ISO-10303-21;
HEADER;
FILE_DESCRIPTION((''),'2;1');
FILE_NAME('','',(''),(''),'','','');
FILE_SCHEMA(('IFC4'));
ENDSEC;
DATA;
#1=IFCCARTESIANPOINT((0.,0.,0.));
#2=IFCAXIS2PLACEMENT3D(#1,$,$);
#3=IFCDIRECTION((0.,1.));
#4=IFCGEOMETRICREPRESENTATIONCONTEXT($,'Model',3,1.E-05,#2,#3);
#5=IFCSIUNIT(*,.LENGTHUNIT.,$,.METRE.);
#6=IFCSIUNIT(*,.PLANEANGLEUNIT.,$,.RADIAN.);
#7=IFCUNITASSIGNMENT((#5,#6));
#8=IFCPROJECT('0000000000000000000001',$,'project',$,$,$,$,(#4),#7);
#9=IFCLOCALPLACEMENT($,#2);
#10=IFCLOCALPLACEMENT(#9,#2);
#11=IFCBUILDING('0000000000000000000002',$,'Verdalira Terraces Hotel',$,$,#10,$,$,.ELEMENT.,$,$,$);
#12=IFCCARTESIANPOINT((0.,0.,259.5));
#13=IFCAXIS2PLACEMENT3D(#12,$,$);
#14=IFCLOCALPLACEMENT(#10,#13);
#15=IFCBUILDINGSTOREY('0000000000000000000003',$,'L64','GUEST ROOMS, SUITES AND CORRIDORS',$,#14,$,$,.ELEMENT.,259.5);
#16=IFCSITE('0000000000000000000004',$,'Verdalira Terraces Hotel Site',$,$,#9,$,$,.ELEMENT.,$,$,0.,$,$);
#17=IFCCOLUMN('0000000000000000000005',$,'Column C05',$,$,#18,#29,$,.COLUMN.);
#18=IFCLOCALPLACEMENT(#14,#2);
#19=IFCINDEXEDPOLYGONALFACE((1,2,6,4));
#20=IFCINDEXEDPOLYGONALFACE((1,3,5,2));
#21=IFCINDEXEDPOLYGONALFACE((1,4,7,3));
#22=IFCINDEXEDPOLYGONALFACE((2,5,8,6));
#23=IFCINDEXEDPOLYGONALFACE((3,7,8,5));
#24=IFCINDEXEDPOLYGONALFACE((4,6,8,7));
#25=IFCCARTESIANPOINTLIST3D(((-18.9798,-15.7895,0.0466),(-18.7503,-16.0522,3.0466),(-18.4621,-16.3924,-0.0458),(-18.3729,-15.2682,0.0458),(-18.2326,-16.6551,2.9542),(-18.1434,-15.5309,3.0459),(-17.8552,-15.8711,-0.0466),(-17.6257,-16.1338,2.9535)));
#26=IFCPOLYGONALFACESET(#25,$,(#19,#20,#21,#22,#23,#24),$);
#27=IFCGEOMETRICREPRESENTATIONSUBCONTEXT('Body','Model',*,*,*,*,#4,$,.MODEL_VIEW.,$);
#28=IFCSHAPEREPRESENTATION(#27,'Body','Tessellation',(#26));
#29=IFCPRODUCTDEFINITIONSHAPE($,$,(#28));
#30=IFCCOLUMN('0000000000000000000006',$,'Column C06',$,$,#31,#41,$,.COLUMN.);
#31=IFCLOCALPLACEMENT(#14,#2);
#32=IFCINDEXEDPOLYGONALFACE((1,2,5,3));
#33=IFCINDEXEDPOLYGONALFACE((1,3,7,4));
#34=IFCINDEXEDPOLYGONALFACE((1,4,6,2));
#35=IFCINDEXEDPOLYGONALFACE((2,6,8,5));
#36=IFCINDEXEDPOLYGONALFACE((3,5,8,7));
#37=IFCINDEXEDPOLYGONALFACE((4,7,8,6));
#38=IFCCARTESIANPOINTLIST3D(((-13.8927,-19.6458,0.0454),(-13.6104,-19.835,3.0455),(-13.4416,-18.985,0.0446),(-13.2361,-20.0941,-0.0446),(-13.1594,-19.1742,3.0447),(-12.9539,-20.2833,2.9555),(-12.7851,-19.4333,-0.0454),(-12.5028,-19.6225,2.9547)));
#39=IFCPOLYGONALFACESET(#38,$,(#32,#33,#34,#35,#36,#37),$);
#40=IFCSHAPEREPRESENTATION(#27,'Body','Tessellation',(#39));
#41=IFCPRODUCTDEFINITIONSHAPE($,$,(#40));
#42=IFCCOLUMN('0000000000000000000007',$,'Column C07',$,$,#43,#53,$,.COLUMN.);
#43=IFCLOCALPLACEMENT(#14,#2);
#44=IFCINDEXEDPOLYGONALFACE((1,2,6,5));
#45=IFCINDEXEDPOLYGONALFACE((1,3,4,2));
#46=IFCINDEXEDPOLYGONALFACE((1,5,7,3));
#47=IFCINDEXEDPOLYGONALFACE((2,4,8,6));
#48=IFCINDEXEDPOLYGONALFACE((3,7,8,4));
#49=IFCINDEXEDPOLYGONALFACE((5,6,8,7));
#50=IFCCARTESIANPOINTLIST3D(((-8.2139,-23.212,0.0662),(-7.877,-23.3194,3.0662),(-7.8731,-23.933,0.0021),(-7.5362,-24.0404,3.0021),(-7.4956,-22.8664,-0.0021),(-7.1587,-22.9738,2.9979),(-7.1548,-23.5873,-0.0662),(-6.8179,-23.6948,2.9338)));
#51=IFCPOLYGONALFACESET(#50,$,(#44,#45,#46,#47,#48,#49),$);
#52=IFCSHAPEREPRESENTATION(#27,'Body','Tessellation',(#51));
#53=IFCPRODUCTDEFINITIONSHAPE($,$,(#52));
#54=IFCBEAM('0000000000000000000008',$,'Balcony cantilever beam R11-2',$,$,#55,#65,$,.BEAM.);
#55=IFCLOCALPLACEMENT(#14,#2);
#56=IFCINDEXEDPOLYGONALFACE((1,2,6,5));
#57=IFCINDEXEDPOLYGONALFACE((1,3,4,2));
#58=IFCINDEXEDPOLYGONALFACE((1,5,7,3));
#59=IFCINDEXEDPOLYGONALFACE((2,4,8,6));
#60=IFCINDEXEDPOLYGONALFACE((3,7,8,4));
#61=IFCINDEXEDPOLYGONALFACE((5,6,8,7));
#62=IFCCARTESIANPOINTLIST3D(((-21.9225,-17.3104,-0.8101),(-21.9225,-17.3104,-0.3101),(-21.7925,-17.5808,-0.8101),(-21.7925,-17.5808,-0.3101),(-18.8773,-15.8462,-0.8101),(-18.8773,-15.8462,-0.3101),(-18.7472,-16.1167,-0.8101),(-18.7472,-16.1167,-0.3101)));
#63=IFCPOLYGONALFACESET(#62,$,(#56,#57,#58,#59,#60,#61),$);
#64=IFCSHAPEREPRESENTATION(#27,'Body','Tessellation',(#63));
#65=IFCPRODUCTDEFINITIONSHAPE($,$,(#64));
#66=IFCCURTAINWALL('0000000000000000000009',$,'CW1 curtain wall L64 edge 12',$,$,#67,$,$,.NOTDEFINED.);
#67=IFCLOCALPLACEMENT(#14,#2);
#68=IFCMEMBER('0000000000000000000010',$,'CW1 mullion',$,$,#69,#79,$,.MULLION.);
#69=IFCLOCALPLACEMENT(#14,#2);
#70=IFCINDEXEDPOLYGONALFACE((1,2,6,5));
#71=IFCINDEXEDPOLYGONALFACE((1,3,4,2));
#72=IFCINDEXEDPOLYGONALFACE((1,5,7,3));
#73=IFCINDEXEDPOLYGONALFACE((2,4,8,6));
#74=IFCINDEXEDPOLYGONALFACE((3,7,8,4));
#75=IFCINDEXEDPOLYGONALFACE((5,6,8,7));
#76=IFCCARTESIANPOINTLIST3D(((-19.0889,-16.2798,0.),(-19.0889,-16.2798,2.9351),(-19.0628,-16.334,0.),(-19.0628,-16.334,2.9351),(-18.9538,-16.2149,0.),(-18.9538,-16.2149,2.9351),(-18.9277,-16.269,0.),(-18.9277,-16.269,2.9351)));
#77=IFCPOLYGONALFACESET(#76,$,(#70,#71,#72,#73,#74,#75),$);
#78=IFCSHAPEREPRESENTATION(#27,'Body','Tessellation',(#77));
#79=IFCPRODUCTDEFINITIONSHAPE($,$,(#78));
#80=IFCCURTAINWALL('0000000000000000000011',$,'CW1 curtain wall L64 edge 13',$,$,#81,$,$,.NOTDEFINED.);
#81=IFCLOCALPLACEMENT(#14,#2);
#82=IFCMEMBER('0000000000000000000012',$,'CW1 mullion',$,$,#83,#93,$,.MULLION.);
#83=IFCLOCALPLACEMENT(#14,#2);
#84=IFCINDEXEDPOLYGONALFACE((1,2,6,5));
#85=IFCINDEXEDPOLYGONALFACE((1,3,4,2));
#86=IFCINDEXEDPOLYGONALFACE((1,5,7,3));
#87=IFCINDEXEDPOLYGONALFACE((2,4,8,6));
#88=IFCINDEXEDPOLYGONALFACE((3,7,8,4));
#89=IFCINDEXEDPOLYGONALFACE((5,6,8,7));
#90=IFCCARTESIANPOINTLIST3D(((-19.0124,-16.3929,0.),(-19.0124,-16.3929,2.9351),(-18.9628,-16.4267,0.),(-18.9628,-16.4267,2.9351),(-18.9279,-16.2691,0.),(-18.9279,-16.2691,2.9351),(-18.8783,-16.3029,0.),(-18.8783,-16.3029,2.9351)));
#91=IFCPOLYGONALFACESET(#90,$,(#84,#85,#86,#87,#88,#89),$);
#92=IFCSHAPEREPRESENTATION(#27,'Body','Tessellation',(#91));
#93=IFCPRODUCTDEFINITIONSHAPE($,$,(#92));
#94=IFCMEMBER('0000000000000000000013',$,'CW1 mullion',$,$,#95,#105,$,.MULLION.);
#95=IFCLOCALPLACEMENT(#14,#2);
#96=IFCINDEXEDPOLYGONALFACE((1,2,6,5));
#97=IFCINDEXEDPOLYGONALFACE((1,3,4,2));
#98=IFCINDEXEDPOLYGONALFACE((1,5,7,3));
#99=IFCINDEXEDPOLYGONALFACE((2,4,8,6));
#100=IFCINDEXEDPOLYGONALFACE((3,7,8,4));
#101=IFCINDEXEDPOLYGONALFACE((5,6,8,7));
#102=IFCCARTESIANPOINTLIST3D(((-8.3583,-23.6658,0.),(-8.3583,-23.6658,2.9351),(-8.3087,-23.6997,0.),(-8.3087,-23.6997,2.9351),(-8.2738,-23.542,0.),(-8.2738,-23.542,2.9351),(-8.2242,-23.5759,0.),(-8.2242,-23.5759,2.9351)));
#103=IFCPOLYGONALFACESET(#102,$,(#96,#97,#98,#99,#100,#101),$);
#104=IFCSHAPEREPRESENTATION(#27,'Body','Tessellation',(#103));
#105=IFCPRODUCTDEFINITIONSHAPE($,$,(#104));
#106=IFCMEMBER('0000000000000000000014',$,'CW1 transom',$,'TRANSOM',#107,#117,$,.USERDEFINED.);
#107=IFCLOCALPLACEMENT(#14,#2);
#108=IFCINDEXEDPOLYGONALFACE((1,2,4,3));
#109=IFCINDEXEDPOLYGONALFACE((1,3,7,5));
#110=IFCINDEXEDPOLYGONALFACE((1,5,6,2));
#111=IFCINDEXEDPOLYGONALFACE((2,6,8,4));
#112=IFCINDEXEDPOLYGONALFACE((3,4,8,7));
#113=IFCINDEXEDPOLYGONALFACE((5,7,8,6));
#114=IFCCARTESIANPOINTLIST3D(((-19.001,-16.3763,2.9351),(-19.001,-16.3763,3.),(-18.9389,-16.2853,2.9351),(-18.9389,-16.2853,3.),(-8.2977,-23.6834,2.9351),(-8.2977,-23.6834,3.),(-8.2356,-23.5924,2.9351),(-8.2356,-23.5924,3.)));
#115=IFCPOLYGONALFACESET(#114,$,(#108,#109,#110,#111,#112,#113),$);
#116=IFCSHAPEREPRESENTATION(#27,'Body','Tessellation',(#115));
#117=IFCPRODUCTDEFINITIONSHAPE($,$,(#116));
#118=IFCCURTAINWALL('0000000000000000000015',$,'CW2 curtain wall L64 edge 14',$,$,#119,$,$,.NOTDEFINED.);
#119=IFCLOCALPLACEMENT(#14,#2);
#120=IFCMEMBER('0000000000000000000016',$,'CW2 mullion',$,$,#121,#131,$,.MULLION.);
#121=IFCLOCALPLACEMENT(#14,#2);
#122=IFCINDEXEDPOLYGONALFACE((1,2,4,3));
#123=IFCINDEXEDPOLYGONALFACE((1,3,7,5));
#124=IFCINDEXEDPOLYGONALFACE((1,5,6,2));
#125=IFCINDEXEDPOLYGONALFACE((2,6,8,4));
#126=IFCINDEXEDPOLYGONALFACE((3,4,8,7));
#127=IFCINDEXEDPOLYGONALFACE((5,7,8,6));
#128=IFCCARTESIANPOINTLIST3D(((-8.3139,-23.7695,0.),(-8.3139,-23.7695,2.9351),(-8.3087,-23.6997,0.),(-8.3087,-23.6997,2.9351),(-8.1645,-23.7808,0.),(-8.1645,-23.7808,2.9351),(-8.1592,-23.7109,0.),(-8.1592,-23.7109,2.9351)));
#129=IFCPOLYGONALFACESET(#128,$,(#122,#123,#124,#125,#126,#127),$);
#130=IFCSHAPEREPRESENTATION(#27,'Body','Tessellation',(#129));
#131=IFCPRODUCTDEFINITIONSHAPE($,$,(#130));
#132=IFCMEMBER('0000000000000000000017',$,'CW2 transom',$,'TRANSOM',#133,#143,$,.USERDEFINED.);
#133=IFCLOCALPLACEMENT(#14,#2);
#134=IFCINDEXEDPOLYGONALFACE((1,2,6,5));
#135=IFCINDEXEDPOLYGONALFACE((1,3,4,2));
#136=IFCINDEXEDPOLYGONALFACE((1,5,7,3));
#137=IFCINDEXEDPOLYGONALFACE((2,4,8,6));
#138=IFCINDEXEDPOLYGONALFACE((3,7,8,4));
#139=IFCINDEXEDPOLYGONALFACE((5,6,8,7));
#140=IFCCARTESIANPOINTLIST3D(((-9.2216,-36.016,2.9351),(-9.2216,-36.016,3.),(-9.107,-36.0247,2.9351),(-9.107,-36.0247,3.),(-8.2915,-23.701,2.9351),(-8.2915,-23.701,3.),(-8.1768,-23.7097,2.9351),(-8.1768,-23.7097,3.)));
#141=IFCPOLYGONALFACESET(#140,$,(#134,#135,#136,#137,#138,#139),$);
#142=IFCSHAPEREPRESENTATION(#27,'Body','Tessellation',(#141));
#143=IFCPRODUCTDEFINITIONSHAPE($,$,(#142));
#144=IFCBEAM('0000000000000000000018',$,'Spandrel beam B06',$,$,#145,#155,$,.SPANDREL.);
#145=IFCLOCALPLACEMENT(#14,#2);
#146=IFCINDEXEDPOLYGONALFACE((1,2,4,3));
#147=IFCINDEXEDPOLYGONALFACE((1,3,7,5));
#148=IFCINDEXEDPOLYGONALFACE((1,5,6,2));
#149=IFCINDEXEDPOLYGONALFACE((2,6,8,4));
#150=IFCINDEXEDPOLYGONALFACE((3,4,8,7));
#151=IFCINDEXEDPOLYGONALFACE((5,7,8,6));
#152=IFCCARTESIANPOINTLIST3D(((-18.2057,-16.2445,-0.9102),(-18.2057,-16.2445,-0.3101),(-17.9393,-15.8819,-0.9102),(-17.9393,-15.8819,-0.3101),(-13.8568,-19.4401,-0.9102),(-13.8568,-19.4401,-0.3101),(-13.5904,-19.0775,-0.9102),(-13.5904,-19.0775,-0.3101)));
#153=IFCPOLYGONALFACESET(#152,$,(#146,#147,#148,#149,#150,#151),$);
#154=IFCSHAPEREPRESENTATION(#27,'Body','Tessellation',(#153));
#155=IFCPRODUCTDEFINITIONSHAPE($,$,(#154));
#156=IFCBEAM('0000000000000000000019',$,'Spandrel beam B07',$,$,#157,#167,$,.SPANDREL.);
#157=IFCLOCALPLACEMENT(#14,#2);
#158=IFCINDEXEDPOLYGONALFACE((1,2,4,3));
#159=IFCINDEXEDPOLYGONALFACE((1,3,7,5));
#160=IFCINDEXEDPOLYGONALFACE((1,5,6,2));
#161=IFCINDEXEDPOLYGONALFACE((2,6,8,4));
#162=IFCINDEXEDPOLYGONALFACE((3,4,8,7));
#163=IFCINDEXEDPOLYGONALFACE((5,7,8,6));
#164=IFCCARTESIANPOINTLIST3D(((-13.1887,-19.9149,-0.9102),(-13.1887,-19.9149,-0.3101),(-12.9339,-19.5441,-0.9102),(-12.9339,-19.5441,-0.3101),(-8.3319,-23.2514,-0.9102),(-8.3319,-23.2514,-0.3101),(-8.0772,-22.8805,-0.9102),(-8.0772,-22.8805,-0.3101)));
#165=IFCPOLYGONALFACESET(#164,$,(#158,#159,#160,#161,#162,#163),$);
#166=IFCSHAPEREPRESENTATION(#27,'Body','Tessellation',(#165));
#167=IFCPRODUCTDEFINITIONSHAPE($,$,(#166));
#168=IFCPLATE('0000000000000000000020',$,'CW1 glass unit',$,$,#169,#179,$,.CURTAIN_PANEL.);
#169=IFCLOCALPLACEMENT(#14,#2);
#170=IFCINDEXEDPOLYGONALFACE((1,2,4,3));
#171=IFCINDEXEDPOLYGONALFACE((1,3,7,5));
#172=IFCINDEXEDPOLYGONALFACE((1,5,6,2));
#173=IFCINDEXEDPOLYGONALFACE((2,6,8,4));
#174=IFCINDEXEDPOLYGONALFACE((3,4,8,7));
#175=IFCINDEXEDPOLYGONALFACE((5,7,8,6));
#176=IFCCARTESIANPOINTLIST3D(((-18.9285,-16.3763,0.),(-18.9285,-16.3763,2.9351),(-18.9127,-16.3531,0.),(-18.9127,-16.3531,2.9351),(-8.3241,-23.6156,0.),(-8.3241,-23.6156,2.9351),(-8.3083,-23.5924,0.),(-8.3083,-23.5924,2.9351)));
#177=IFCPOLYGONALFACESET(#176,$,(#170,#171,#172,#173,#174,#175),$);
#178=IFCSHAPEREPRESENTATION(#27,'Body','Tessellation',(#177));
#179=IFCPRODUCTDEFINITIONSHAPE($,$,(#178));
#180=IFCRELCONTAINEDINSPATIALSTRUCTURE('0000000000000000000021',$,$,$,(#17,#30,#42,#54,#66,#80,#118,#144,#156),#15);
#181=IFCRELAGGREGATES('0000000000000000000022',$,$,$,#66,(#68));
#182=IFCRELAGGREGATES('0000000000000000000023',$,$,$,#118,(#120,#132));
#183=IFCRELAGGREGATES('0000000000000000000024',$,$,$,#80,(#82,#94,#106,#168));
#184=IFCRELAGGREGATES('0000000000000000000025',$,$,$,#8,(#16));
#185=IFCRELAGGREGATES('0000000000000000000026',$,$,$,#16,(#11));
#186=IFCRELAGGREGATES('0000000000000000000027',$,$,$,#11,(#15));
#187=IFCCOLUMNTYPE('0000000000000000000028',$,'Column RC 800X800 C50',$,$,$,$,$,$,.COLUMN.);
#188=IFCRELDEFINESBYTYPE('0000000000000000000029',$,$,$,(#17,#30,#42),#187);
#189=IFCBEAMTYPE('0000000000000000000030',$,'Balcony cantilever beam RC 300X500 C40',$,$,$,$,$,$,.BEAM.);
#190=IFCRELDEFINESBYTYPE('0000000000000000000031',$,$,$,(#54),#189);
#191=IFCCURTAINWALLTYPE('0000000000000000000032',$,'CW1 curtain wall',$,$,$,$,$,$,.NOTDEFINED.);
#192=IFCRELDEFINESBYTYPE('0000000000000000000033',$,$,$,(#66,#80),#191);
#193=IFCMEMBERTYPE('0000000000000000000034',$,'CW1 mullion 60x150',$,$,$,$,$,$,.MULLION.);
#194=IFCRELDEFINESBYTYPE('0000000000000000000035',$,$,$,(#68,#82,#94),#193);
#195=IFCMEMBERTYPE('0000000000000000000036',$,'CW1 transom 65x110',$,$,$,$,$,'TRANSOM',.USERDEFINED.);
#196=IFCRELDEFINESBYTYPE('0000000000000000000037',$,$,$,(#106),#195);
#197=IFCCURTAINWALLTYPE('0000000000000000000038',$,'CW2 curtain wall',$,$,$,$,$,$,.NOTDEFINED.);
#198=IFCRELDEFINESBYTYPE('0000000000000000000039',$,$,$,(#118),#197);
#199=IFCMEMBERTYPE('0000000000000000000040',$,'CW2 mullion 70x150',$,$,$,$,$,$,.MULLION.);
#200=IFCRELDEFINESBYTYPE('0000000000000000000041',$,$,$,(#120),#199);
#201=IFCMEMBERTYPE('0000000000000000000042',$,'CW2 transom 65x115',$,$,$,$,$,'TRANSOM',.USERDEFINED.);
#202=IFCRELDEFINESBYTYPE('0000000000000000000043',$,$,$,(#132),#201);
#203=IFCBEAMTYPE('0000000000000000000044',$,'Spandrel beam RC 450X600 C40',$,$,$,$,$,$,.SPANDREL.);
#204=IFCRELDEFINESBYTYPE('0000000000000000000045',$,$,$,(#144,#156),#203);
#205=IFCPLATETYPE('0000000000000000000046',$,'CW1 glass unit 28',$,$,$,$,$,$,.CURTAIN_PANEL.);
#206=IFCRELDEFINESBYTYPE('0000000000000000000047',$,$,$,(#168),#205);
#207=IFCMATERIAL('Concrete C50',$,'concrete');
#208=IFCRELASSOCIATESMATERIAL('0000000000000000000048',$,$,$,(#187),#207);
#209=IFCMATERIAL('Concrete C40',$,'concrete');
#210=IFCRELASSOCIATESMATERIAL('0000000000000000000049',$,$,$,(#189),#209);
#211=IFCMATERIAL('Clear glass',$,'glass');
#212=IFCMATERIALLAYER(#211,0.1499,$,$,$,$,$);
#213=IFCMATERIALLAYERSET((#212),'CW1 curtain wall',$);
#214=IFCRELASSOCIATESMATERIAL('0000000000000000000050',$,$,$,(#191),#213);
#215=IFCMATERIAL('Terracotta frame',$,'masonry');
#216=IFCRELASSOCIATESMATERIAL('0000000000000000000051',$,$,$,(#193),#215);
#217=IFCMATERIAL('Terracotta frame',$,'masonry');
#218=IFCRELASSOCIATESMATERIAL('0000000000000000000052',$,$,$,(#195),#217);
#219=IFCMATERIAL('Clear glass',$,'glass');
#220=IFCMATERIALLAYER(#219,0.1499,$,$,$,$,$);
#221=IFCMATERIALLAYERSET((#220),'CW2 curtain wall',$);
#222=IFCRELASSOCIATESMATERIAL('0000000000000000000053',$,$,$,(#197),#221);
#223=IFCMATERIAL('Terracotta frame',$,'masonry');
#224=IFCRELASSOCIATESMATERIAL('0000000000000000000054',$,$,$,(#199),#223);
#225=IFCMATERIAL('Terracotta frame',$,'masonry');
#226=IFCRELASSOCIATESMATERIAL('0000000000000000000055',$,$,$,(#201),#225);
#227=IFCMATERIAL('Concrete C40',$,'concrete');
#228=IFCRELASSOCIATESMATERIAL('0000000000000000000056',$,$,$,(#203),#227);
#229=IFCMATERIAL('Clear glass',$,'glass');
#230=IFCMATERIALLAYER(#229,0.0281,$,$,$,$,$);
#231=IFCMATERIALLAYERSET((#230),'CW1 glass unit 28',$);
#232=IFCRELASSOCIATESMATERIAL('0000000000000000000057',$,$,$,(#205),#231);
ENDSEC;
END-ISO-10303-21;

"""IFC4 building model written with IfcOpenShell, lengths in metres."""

from ifc_helpers import new_model, si_unit, direction, frame, origin, origin_2d, place, context, subcontext, project, spatial, rectangle, extrude, material, layer, layer_set, material_profile, profile_set, type_object, element, aggregate, save


model = new_model("IFC4")

# Units and contexts
model_context = context("Model", 3, precision=1e-05, world=origin(), true_north=direction((0.0, 1.0)))
body_context = subcontext(model_context, "Body", "Model", "MODEL_VIEW")
ifc_project = project(units=[si_unit("LENGTHUNIT", "METRE"), si_unit("PLANEANGLEUNIT", "RADIAN")], contexts=[model_context])

# Site, building, storey
site_placement = place(None, origin())
site = spatial("IfcSite", under=ifc_project, at=site_placement, Name="Verdalira Terraces Hotel Site", CompositionType="ELEMENT", RefElevation=0.0)
building_placement = place(site_placement, origin())
building = spatial("IfcBuilding", under=site, at=building_placement, Name="Verdalira Terraces Hotel", CompositionType="ELEMENT")
storey_placement = place(building_placement, frame((0.0, 0.0, 259.5)))
storey = spatial("IfcBuildingStorey", under=building, at=storey_placement, Name="L64", Description="GUEST ROOMS, SUITES AND CORRIDORS", CompositionType="ELEMENT", Elevation=259.5)

# Columns
ifc_material_1 = material(Name="Concrete C50", Category="concrete")
ifc_material_profile_1 = material_profile(ifc_material_1, rectangle(XDim=0.8, YDim=0.8, at=origin_2d()), Name="RC 800X800")
ifc_profile_set_1 = profile_set([ifc_material_profile_1], Name="Concrete C50")
column_type = type_object("IfcColumnType", Name="Column RC 800X800 C50", PredefinedType="COLUMN", material=ifc_profile_set_1)
column_1_placement = place(storey_placement, frame((-18.4175, -15.8303, 0.0), z_axis=(0.075985, -0.086979, 0.993308), x_axis=(-0.647133, 0.753579, 0.115491)))
element("IfcColumn", 1, at=column_1_placement, inside=storey, type_object=column_type, Name="Column C05", PredefinedType="COLUMN", context=body_context, shape_type="SweptSolid", body=[
    extrude(rectangle(XDim=0.8, YDim=0.8, at=origin_2d()), origin(), (0.0, 0.0, 1.0), 3.0203),
])
column_2_placement = place(storey_placement, frame((-13.3389, -19.5396, 0.0), z_axis=(0.093478, -0.062669, 0.993647), x_axis=(0.820609, -0.5603, -0.112537)))
element("IfcColumn", 2, at=column_2_placement, inside=storey, type_object=column_type, Name="Column C06", PredefinedType="COLUMN", context=body_context, shape_type="SweptSolid", body=[
    extrude(rectangle(XDim=0.8, YDim=0.8, at=origin_2d()), origin(), (0.0, 0.0, 1.0), 3.0193),
])
column_3_placement = place(storey_placement, frame((-7.6843, -23.3997, 0.0), z_axis=(0.111533, -0.035561, 0.993124), x_axis=(-0.426005, 0.901167, 0.080111)))
element("IfcColumn", 3, at=column_3_placement, inside=storey, type_object=column_type, Name="Column C07", PredefinedType="COLUMN", context=body_context, shape_type="SweptSolid", body=[
    extrude(rectangle(XDim=0.8, YDim=0.8, at=origin_2d()), origin(), (0.0, 0.0, 1.0), 3.0208),
])

# Beam
ifc_material_2 = material(Name="Concrete C40", Category="concrete")
ifc_material_profile_2 = material_profile(ifc_material_2, rectangle(XDim=0.3, YDim=0.5, at=origin_2d()), Name="RC 300X500")
ifc_profile_set_2 = profile_set([ifc_material_profile_2], Name="Concrete C40")
beam_type_1 = type_object("IfcBeamType", Name="Balcony cantilever beam RC 300X500 C40", PredefinedType="BEAM", material=ifc_profile_set_2)
beam_1_placement = place(storey_placement, frame((-18.8123, -15.9814, -0.5601), z_axis=(-0.901242, -0.433316, 0.0), x_axis=(0.433316, -0.901242, 0.0)))
element("IfcBeam", 4, at=beam_1_placement, inside=storey, type_object=beam_type_1, Name="Balcony cantilever beam R11-2", PredefinedType="BEAM", context=body_context, shape_type="SweptSolid", body=[
    extrude(rectangle(XDim=0.3, YDim=0.5, at=origin_2d()), origin(), (0.0, 0.0, 1.0), 3.3789),
])

# Curtain wall, member
ifc_material_3 = material(Name="Clear glass", Category="glass")
ifc_layer_1 = layer(ifc_material_3, 0.1499)
ifc_layer_set_1 = layer_set([ifc_layer_1], Name="CW1 curtain wall")
curtain_wall_type_1 = type_object("IfcCurtainWallType", Name="CW1 curtain wall", PredefinedType="NOTDEFINED", material=ifc_layer_set_1)
curtain_wall_1_placement = place(storey_placement, origin())
curtain_wall_1 = element("IfcCurtainWall", 5, at=curtain_wall_1_placement, inside=storey, type_object=curtain_wall_type_1, Name="CW1 curtain wall L64 edge 12", PredefinedType="NOTDEFINED")
ifc_material_4 = material(Name="Terracotta frame", Category="masonry")
ifc_material_profile_3 = material_profile(ifc_material_4, rectangle(XDim=0.0601, YDim=0.1499, at=origin_2d()), Name="MU 60x150")
ifc_profile_set_3 = profile_set([ifc_material_profile_3], Name="Terracotta frame")
member_type_1 = type_object("IfcMemberType", Name="CW1 mullion 60x150", PredefinedType="MULLION", material=ifc_profile_set_3)
member_1_placement = place(storey_placement, frame((-19.0083, -16.2744, 0.0), z_axis=(0.0, 0.0, 1.0), x_axis=(0.433345, -0.901228, 0.0)))
member_1 = element("IfcMember", 6, at=member_1_placement, type_object=member_type_1, Name="CW1 mullion", PredefinedType="MULLION", context=body_context, shape_type="SweptSolid", body=[
    extrude(rectangle(XDim=0.0601, YDim=0.1499, at=origin_2d()), origin(), (0.0, 0.0, 1.0), 2.9351),
])
aggregate(curtain_wall_1, [member_1])

# Curtain walls, members
curtain_wall_2_placement = place(storey_placement, origin())
curtain_wall_2 = element("IfcCurtainWall", 7, at=curtain_wall_2_placement, inside=storey, type_object=curtain_wall_type_1, Name="CW1 curtain wall L64 edge 13", PredefinedType="NOTDEFINED")
member_2_placement = place(storey_placement, frame((-18.9453, -16.3479, 0.0), z_axis=(0.0, 0.0, 1.0), x_axis=(0.825902, -0.563814, 0.0)))
member_2 = element("IfcMember", 8, at=member_2_placement, type_object=member_type_1, Name="CW1 mullion", PredefinedType="MULLION", context=body_context, shape_type="SweptSolid", body=[
    extrude(rectangle(XDim=0.0601, YDim=0.1499, at=origin_2d()), origin(), (0.0, 0.0, 1.0), 2.9351),
])
member_3_placement = place(storey_placement, frame((-8.2913, -23.6209, 0.0), z_axis=(0.0, 0.0, 1.0), x_axis=(0.825902, -0.563814, 0.0)))
member_3 = element("IfcMember", 9, at=member_3_placement, type_object=member_type_1, Name="CW1 mullion", PredefinedType="MULLION", context=body_context, shape_type="SweptSolid", body=[
    extrude(rectangle(XDim=0.0601, YDim=0.1499, at=origin_2d()), origin(), (0.0, 0.0, 1.0), 2.9351),
])
ifc_material_5 = material(Name="Terracotta frame", Category="masonry")
ifc_material_profile_4 = material_profile(ifc_material_5, rectangle(XDim=0.1101, YDim=0.0649, at=origin_2d()), Name="TR 65x110")
ifc_profile_set_4 = profile_set([ifc_material_profile_4], Name="Terracotta frame")
member_type_2 = type_object("IfcMemberType", Name="CW1 transom 65x110", ElementType="TRANSOM", PredefinedType="USERDEFINED", material=ifc_profile_set_4)
member_4_placement = place(storey_placement, frame((-18.97, -16.3308, 2.9675), z_axis=(0.82589, -0.563831, 0.0), x_axis=(0.563831, 0.82589, 0.0)))
member_4 = element("IfcMember", 10, at=member_4_placement, type_object=member_type_2, Name="CW1 transom", ObjectType="TRANSOM", PredefinedType="USERDEFINED", context=body_context, shape_type="SweptSolid", body=[
    extrude(rectangle(XDim=0.1101, YDim=0.0649, at=origin_2d()), origin(), (0.0, 0.0, 1.0), 12.9597),
])
ifc_material_6 = material(Name="Clear glass", Category="glass")
ifc_layer_2 = layer(ifc_material_6, 0.1499)
ifc_layer_set_2 = layer_set([ifc_layer_2], Name="CW2 curtain wall")
curtain_wall_type_2 = type_object("IfcCurtainWallType", Name="CW2 curtain wall", PredefinedType="NOTDEFINED", material=ifc_layer_set_2)
curtain_wall_3_placement = place(storey_placement, origin())
curtain_wall_3 = element("IfcCurtainWall", 11, at=curtain_wall_3_placement, inside=storey, type_object=curtain_wall_type_2, Name="CW2 curtain wall L64 edge 14", PredefinedType="NOTDEFINED")
ifc_material_7 = material(Name="Terracotta frame", Category="masonry")
ifc_material_profile_5 = material_profile(ifc_material_7, rectangle(XDim=0.0701, YDim=0.1499, at=origin_2d()), Name="MU 70x150")
ifc_profile_set_5 = profile_set([ifc_material_profile_5], Name="Terracotta frame")
member_type_3 = type_object("IfcMemberType", Name="CW2 mullion 70x150", PredefinedType="MULLION", material=ifc_profile_set_5)
member_5_placement = place(storey_placement, frame((-8.2366, -23.7402, 0.0), z_axis=(0.0, 0.0, 1.0), x_axis=(-0.075327, -0.997159, 0.0)))
member_5 = element("IfcMember", 12, at=member_5_placement, type_object=member_type_3, Name="CW2 mullion", PredefinedType="MULLION", context=body_context, shape_type="SweptSolid", body=[
    extrude(rectangle(XDim=0.0701, YDim=0.1499, at=origin_2d()), origin(), (0.0, 0.0, 1.0), 2.9351),
])
ifc_material_8 = material(Name="Terracotta frame", Category="masonry")
ifc_material_profile_6 = material_profile(ifc_material_8, rectangle(XDim=0.115, YDim=0.0649, at=origin_2d()), Name="TR 65x115")
ifc_profile_set_6 = profile_set([ifc_material_profile_6], Name="Terracotta frame")
member_type_4 = type_object("IfcMemberType", Name="CW2 transom 65x115", ElementType="TRANSOM", PredefinedType="USERDEFINED", material=ifc_profile_set_6)
member_6_placement = place(storey_placement, frame((-8.2341, -23.7053, 2.9675), z_axis=(-0.075318, -0.99716, 0.0), x_axis=(0.99716, -0.075318, 0.0)))
member_6 = element("IfcMember", 13, at=member_6_placement, type_object=member_type_4, Name="CW2 transom", ObjectType="TRANSOM", PredefinedType="USERDEFINED", context=body_context, shape_type="SweptSolid", body=[
    extrude(rectangle(XDim=0.115, YDim=0.0649, at=origin_2d()), origin(), (0.0, 0.0, 1.0), 12.3501),
])
aggregate(curtain_wall_3, [member_5, member_6])

# Beams
ifc_material_9 = material(Name="Concrete C40", Category="concrete")
ifc_material_profile_7 = material_profile(ifc_material_9, rectangle(XDim=0.45, YDim=0.6001, at=origin_2d()), Name="RC 450X600")
ifc_profile_set_7 = profile_set([ifc_material_profile_7], Name="Concrete C40")
beam_type_2 = type_object("IfcBeamType", Name="Spandrel beam RC 450X600 C40", PredefinedType="SPANDREL", material=ifc_profile_set_7)
beam_2_placement = place(storey_placement, frame((-18.0725, -16.0632, -0.6101), z_axis=(0.805841, -0.592132, 0.0), x_axis=(0.592132, 0.805841, 0.0)))
element("IfcBeam", 14, at=beam_2_placement, inside=storey, type_object=beam_type_2, Name="Spandrel beam B06", PredefinedType="SPANDREL", context=body_context, shape_type="SweptSolid", body=[
    extrude(rectangle(XDim=0.45, YDim=0.6001, at=origin_2d()), origin(), (0.0, 0.0, 1.0), 5.3967),
])
beam_3_placement = place(storey_placement, frame((-13.0613, -19.7295, -0.6101), z_axis=(0.824244, -0.566235, 0.0), x_axis=(0.566235, 0.824244, 0.0)))
element("IfcBeam", 15, at=beam_3_placement, inside=storey, type_object=beam_type_2, Name="Spandrel beam B07", PredefinedType="SPANDREL", context=body_context, shape_type="SweptSolid", body=[
    extrude(rectangle(XDim=0.45, YDim=0.6001, at=origin_2d()), origin(), (0.0, 0.0, 1.0), 5.8923),
])

# Plate
ifc_material_10 = material(Name="Clear glass", Category="glass")
ifc_layer_3 = layer(ifc_material_10, 0.0281)
ifc_layer_set_3 = layer_set([ifc_layer_3], Name="CW1 glass unit 28")
plate_type = type_object("IfcPlateType", Name="CW1 glass unit 28", PredefinedType="CURTAIN_PANEL", material=ifc_layer_set_3)
plate_placement = place(storey_placement, frame((-13.6184, -19.9844, 0.0), z_axis=(0.0, 0.0, 1.0), x_axis=(0.825902, -0.563814, 0.0)))
plate = element("IfcPlate", 16, at=plate_placement, type_object=plate_type, Name="CW1 glass unit", PredefinedType="CURTAIN_PANEL", context=body_context, shape_type="SweptSolid", body=[
    extrude(rectangle(XDim=12.8398, YDim=0.0281, at=origin_2d()), origin(), (0.0, 0.0, 1.0), 2.9351),
])
aggregate(curtain_wall_2, [member_2, member_3, member_4, plate])

save(model, "model.ifc")
